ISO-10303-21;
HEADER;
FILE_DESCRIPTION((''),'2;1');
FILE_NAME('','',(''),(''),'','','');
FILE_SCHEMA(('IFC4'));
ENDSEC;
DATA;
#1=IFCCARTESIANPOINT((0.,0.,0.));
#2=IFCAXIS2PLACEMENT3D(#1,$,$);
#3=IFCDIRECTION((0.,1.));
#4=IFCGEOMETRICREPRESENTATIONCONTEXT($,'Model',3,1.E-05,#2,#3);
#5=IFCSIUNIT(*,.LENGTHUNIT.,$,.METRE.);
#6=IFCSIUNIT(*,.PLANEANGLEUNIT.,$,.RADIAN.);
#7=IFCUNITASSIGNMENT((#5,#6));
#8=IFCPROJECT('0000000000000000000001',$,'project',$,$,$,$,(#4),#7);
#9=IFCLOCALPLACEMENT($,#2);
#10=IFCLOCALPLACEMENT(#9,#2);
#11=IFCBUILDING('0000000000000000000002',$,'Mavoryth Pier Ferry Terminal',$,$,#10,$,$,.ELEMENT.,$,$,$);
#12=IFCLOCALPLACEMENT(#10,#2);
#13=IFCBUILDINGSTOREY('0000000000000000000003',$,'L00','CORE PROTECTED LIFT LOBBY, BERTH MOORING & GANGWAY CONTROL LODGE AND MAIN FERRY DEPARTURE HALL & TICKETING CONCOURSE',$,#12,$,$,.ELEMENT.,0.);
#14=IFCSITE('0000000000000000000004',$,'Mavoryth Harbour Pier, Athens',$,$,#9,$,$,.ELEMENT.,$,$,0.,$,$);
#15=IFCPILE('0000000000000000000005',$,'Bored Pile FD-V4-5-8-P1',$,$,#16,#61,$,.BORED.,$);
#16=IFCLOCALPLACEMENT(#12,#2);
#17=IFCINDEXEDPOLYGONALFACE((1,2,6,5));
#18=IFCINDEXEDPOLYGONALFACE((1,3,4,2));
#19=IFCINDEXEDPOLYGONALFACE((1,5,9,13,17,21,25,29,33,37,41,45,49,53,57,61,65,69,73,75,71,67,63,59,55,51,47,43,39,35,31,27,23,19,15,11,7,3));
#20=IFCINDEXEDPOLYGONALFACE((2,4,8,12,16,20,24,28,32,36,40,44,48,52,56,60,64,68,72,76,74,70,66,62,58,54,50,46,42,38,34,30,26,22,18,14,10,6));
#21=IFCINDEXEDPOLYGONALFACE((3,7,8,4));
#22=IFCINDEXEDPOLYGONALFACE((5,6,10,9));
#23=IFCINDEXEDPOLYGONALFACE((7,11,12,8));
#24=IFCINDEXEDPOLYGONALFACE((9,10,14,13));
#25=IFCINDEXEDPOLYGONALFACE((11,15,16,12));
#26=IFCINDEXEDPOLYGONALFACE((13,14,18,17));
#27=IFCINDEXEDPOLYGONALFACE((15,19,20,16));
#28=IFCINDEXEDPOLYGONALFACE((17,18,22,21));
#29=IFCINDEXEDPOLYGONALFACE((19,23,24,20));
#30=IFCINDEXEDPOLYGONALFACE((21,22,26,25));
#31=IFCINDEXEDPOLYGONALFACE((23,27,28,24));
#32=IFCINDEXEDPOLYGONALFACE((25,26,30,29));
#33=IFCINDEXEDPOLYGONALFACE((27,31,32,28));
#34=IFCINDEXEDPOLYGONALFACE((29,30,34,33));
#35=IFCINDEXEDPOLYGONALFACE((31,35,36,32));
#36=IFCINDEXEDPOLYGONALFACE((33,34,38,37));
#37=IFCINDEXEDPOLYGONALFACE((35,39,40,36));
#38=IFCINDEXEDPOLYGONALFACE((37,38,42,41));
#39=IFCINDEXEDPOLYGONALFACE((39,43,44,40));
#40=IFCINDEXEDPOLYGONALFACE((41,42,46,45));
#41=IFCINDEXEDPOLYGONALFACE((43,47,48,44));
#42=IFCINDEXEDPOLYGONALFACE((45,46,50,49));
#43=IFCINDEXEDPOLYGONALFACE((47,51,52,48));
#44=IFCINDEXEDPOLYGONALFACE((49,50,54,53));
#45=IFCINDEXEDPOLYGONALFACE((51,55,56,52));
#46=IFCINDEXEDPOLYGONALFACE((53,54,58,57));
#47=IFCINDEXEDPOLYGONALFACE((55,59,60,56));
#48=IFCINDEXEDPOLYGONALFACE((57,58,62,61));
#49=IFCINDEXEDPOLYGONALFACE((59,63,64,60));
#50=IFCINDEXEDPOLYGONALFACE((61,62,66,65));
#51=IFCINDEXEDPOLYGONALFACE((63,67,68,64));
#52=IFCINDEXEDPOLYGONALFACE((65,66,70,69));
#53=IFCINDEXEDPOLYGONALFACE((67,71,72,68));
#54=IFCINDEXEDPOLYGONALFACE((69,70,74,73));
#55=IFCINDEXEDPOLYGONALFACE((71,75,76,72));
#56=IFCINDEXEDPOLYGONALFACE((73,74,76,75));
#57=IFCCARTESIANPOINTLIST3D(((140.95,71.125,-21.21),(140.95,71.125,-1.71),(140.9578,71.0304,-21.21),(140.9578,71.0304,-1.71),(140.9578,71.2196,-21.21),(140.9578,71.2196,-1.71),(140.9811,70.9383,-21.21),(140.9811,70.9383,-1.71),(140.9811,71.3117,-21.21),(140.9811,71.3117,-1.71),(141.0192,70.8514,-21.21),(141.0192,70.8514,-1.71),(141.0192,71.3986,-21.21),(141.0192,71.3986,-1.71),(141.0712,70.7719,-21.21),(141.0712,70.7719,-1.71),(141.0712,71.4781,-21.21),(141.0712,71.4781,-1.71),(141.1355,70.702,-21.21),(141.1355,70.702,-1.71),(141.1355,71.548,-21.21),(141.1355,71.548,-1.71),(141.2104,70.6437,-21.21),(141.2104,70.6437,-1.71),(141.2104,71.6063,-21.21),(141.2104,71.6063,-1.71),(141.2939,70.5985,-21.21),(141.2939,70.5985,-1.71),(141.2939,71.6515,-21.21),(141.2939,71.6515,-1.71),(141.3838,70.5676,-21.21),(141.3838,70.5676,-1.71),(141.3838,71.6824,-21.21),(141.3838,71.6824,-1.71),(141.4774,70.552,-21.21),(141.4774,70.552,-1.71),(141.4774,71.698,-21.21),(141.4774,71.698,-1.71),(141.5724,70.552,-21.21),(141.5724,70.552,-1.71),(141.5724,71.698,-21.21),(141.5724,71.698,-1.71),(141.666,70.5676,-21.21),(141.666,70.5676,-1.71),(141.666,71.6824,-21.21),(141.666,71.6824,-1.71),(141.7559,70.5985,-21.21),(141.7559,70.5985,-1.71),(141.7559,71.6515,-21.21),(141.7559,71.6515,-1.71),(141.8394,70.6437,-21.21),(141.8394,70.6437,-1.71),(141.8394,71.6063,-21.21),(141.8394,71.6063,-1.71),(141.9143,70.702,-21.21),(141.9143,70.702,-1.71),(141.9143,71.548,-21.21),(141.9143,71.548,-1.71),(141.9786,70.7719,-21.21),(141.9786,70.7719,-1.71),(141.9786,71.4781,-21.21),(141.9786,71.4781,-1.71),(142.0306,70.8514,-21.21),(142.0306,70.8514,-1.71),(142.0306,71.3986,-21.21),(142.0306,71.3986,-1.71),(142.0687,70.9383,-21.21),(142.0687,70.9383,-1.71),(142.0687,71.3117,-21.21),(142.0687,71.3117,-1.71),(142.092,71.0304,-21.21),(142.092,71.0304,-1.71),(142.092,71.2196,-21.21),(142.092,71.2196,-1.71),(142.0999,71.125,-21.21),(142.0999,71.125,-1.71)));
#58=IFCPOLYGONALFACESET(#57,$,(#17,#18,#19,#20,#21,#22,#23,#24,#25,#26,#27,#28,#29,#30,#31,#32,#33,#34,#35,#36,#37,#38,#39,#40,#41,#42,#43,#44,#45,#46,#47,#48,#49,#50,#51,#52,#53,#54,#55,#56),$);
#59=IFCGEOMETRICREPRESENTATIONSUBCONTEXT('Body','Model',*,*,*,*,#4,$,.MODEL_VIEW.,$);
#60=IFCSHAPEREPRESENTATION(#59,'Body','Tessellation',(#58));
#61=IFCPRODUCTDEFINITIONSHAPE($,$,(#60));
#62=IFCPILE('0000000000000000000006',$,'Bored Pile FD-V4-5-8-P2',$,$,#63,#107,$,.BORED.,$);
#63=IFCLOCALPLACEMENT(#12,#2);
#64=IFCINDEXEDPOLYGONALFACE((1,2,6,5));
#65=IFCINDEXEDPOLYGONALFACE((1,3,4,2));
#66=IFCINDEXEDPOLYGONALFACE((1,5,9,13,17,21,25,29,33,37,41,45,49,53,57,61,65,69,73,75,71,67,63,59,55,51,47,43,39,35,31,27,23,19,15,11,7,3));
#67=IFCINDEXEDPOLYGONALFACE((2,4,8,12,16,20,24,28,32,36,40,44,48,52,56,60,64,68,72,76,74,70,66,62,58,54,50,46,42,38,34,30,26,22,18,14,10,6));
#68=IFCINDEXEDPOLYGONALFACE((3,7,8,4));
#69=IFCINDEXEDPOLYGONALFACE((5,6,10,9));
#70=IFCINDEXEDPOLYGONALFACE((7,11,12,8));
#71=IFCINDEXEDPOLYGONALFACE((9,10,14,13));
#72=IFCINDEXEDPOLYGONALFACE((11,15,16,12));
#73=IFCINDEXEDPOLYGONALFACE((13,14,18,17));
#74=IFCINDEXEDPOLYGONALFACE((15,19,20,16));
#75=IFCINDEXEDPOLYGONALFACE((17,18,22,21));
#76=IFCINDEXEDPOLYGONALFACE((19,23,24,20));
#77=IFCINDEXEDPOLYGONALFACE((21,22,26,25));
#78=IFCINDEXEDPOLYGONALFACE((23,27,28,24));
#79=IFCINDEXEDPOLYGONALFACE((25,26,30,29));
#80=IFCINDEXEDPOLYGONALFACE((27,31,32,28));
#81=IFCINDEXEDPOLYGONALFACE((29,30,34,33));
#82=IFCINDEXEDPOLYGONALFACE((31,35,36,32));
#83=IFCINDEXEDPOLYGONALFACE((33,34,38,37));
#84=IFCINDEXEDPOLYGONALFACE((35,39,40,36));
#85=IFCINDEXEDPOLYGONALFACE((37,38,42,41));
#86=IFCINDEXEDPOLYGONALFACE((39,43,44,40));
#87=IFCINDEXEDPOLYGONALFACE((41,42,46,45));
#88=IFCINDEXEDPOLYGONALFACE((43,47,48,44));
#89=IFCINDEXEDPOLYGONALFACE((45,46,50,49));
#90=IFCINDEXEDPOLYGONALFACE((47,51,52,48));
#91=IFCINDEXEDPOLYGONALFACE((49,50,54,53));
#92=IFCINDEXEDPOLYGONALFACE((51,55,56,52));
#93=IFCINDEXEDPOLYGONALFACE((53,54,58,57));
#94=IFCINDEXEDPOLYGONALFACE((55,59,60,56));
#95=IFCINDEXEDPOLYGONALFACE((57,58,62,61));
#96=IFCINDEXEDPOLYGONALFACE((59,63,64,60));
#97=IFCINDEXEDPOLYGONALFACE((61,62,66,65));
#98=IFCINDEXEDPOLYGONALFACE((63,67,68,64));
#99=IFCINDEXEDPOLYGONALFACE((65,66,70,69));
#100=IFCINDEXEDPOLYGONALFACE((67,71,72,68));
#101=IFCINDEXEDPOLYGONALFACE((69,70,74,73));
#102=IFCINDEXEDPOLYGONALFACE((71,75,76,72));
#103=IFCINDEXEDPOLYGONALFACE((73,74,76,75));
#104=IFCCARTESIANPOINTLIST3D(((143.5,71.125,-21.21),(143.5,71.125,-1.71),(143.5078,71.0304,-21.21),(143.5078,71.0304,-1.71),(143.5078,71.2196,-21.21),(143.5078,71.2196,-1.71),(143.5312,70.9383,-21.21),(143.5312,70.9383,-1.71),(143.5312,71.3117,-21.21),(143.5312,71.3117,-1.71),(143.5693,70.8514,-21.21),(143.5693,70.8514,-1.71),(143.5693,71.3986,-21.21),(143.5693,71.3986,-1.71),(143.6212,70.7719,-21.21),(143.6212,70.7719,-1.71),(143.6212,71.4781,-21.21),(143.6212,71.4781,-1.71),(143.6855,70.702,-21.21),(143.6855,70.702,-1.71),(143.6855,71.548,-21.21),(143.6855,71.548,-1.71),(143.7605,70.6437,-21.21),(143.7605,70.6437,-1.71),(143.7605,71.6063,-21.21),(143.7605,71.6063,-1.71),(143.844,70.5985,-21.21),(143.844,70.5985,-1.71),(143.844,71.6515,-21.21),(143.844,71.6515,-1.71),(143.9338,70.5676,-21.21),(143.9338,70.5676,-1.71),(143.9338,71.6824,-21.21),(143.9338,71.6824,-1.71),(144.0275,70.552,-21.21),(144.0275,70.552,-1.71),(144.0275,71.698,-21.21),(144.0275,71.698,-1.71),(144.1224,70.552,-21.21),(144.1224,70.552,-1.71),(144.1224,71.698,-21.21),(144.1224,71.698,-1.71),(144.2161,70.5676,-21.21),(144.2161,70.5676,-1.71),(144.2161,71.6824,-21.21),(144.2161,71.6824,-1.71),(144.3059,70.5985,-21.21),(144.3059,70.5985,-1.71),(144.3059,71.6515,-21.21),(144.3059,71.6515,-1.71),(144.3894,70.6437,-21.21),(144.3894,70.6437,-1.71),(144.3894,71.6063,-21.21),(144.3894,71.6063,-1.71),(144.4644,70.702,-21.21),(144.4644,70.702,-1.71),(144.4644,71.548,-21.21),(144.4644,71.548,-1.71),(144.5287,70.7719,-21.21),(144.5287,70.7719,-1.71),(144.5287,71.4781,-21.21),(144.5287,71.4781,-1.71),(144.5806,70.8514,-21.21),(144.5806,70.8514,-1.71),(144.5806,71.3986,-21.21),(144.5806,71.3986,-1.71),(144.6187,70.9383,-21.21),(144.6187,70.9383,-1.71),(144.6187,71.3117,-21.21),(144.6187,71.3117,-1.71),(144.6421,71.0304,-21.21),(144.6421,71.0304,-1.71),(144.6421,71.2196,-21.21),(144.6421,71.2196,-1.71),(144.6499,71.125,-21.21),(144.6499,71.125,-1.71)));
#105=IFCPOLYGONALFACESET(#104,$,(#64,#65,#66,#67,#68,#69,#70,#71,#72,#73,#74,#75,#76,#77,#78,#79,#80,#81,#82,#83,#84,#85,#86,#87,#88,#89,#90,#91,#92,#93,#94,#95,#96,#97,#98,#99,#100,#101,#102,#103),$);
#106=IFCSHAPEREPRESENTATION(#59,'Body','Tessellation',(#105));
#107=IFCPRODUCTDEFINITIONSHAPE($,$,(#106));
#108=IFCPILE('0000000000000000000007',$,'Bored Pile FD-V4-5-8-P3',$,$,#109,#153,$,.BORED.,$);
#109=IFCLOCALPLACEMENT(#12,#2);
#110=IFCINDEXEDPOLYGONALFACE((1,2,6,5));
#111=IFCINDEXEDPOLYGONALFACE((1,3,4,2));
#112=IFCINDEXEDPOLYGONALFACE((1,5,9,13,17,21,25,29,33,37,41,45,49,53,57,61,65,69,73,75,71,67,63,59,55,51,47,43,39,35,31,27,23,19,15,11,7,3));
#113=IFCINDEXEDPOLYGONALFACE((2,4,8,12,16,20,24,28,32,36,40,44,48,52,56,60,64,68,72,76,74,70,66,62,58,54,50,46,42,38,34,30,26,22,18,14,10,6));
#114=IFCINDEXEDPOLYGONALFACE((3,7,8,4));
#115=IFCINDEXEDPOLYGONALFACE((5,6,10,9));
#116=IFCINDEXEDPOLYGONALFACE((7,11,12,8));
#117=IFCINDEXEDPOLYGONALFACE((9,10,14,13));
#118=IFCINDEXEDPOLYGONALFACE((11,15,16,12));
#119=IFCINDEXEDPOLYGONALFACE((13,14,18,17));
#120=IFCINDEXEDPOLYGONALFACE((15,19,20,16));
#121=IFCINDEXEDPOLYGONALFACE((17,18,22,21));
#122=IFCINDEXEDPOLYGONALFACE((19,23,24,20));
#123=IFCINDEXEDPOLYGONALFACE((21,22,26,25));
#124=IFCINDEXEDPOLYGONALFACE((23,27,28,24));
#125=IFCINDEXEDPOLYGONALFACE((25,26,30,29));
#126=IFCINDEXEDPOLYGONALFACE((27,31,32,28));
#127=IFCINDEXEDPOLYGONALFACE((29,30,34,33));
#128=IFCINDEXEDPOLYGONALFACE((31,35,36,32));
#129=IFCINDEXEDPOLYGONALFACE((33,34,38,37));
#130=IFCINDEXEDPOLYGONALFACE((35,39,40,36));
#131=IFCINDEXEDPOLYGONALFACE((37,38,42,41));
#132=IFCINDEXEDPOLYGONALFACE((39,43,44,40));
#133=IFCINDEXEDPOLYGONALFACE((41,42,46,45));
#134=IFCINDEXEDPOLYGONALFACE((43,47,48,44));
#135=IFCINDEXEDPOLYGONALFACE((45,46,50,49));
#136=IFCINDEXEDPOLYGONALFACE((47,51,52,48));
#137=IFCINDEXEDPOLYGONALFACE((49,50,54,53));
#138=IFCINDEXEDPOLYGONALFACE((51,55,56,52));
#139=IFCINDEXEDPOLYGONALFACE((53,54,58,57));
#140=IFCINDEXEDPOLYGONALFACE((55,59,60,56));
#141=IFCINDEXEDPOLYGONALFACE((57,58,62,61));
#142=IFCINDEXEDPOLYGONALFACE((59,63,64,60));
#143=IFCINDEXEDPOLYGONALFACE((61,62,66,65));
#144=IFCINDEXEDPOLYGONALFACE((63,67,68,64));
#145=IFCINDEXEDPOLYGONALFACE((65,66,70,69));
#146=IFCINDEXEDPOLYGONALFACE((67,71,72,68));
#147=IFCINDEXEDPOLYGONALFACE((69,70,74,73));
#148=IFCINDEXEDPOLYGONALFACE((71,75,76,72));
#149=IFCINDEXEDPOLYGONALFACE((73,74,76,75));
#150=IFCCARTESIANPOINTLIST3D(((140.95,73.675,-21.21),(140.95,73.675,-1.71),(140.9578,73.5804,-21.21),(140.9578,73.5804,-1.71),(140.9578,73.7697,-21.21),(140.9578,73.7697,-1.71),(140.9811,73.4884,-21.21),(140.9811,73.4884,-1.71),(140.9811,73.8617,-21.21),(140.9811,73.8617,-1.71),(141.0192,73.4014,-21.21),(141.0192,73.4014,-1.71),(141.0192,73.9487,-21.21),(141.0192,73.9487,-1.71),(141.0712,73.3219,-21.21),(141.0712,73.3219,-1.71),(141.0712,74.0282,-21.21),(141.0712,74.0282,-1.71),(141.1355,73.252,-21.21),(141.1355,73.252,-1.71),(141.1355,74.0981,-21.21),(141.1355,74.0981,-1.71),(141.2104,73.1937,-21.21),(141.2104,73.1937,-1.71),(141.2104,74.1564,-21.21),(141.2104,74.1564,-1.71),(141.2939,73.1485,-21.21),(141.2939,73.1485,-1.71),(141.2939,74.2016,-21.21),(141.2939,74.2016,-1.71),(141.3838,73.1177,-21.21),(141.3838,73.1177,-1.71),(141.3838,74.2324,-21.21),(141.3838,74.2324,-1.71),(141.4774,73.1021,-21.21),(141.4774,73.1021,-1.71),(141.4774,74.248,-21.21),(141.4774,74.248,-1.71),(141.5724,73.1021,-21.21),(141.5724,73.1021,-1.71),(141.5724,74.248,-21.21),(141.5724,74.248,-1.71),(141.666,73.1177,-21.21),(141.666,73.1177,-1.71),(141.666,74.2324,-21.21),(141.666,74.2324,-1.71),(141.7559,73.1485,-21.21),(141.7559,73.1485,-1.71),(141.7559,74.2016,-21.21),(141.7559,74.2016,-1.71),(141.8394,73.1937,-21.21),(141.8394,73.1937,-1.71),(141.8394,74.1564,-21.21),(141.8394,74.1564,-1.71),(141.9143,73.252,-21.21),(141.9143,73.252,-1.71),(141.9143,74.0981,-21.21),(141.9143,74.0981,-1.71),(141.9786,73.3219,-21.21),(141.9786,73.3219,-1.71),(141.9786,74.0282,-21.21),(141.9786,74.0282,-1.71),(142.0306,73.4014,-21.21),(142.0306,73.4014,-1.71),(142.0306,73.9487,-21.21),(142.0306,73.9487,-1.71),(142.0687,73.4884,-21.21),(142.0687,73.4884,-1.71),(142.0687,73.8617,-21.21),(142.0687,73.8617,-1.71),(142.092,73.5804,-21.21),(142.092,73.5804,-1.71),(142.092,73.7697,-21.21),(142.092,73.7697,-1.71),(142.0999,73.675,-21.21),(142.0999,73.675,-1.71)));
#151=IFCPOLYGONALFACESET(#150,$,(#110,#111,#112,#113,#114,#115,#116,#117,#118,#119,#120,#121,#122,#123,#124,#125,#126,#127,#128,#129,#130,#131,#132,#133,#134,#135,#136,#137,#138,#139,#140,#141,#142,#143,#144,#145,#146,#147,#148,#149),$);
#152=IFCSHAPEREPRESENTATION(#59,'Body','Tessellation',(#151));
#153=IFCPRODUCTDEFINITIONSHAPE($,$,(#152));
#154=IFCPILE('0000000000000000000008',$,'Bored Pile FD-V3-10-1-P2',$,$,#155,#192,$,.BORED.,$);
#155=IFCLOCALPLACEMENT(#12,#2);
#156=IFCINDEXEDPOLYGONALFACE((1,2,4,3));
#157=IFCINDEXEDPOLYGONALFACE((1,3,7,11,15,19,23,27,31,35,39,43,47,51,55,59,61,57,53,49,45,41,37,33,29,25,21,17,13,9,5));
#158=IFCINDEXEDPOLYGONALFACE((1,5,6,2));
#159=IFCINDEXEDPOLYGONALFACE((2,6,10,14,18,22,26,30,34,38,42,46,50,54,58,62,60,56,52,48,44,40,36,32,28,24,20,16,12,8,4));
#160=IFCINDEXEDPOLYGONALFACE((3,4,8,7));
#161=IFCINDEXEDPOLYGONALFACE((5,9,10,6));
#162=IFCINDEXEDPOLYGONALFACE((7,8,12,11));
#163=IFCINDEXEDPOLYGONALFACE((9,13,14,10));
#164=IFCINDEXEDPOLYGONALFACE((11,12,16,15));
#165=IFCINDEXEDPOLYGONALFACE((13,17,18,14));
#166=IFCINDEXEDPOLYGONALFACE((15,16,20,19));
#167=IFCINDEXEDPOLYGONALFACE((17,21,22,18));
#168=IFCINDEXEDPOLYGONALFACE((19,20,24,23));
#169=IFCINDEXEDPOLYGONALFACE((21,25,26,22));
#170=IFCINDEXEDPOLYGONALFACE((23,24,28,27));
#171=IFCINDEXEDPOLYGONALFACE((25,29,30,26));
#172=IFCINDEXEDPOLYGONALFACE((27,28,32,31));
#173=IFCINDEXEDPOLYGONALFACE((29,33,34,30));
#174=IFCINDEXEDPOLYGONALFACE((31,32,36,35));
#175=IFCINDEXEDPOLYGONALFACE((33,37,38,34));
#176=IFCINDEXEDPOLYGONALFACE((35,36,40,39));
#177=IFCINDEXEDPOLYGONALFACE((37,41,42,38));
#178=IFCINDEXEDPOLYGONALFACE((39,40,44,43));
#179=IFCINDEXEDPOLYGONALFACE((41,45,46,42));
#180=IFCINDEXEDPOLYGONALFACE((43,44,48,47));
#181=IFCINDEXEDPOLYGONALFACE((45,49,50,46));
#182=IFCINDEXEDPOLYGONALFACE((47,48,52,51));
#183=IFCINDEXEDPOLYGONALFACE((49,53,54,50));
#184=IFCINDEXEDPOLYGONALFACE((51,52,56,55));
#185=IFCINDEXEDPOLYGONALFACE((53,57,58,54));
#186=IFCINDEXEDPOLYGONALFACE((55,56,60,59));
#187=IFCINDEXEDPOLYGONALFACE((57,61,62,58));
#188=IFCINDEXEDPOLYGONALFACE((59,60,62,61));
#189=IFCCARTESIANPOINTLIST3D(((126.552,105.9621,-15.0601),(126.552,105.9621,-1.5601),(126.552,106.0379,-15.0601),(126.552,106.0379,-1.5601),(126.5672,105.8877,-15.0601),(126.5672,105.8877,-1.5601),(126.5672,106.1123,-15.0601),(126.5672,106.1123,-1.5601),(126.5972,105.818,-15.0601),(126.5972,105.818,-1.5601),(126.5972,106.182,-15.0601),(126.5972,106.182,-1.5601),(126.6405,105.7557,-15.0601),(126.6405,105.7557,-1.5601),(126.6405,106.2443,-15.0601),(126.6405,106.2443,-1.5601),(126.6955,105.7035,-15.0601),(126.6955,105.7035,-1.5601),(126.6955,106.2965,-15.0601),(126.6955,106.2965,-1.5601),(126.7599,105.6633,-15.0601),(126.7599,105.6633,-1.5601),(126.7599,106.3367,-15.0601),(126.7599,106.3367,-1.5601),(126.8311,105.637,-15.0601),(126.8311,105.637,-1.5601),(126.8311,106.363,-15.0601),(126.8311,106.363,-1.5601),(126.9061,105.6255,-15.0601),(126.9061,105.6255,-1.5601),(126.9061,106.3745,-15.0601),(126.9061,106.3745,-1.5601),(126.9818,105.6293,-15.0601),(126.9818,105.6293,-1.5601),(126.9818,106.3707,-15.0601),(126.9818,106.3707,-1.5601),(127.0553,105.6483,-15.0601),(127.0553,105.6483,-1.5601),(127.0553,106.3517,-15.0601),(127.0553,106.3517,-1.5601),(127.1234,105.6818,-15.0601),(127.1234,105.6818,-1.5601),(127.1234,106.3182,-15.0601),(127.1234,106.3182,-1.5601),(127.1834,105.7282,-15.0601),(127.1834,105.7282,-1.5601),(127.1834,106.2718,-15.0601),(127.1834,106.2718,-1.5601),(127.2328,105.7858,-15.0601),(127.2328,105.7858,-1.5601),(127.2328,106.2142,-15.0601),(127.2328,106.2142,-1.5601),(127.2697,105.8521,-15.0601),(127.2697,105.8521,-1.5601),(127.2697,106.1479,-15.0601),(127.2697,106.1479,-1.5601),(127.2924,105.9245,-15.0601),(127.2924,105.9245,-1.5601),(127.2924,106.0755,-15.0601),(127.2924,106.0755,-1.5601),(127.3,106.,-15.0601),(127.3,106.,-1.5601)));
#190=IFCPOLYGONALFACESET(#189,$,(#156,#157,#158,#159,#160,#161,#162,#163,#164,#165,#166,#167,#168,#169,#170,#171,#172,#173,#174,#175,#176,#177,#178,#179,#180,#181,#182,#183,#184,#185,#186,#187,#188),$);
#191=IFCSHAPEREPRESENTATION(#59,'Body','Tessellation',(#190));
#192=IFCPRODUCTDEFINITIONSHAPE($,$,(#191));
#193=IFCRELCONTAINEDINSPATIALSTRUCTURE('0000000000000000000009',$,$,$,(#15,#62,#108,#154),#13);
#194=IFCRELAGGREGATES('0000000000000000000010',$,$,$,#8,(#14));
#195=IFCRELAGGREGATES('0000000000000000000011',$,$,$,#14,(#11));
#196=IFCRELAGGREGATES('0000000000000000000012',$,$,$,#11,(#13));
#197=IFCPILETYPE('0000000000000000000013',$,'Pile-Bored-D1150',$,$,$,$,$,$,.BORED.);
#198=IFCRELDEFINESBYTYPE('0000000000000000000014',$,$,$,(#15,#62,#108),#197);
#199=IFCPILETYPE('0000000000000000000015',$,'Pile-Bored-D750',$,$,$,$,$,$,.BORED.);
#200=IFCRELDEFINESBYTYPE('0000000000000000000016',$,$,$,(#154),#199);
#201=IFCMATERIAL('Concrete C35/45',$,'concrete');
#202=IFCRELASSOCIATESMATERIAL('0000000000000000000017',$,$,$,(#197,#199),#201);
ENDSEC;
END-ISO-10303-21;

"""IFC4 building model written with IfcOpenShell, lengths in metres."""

from ifc_helpers import new_model, si_unit, direction, frame, origin, origin_2d, place, context, subcontext, project, spatial, circle, extrude, material, material_profile, profile_set, type_object, element, save


model = new_model("IFC4")

# Units and contexts
model_context = context("Model", 3, precision=1e-05, world=origin(), true_north=direction((0.0, 1.0)))
body_context = subcontext(model_context, "Body", "Model", "MODEL_VIEW")
ifc_project = project(units=[si_unit("LENGTHUNIT", "METRE"), si_unit("PLANEANGLEUNIT", "RADIAN")], contexts=[model_context])

# Site, building, storey
site_placement = place(None, origin())
site = spatial("IfcSite", under=ifc_project, at=site_placement, Name="Mavoryth Harbour Pier, Athens", CompositionType="ELEMENT", RefElevation=0.0)
building_placement = place(site_placement, origin())
building = spatial("IfcBuilding", under=site, at=building_placement, Name="Mavoryth Pier Ferry Terminal", CompositionType="ELEMENT")
storey_placement = place(building_placement, origin())
storey = spatial("IfcBuildingStorey", under=building, at=storey_placement, Name="L00", Description="CORE PROTECTED LIFT LOBBY, BERTH MOORING & GANGWAY CONTROL LODGE AND MAIN FERRY DEPARTURE HALL & TICKETING CONCOURSE", CompositionType="ELEMENT", Elevation=0.0)

# Shared definitions
ifc_material_1 = material(Name="Concrete C35/45", Category="concrete")

# Piles
ifc_material_profile_1 = material_profile(ifc_material_1, circle(Radius=0.575, at=origin_2d()), Name="PILE D1150", Category="concrete")
ifc_profile_set_1 = profile_set([ifc_material_profile_1], Name="Concrete C35/45 - PILE D1150")
pile_type_1 = type_object("IfcPileType", Name="Pile-Bored-D1150", PredefinedType="BORED", material=ifc_profile_set_1)
for number, where, z_axis, x_axis, name in (
    (1, (141.5249, 71.125, -1.71), (0.0, 0.0, -1.0), (1.0, 0.0, 0.0), "Bored Pile FD-V4-5-8-P1"),
    (2, (144.075, 71.125, -1.71), (0.0, 0.0, -1.0), (1.0, 0.0, 0.0), "Bored Pile FD-V4-5-8-P2"),
    (3, (141.5249, 73.675, -1.71), (0.0, 0.0, -1.0), (1.0, 0.0, 0.0), "Bored Pile FD-V4-5-8-P3"),
):
    element("IfcPile", number, at=place(storey_placement, frame(where, z_axis=z_axis, x_axis=x_axis)), inside=storey, type_object=pile_type_1, Name=name, PredefinedType="BORED", context=body_context, shape_type="SweptSolid", body=[
        extrude(circle(Radius=0.575, at=origin_2d()), origin(), (0.0, 0.0, 1.0), 19.5),
    ])
ifc_material_profile_2 = material_profile(ifc_material_1, circle(Radius=0.375, at=origin_2d()), Name="PILE D750", Category="concrete")
ifc_profile_set_2 = profile_set([ifc_material_profile_2], Name="Concrete C35/45 - PILE D750")
pile_type_2 = type_object("IfcPileType", Name="Pile-Bored-D750", PredefinedType="BORED", material=ifc_profile_set_2)
for number, where, z_axis, x_axis, name in (
    (4, (126.925, 106.0, -1.5601), (0.0, 0.0, -1.0), (1.0, 0.0, 0.0), "Bored Pile FD-V3-10-1-P2"),
):
    element("IfcPile", number, at=place(storey_placement, frame(where, z_axis=z_axis, x_axis=x_axis)), inside=storey, type_object=pile_type_2, Name=name, PredefinedType="BORED", context=body_context, shape_type="SweptSolid", body=[
        extrude(circle(Radius=0.375, at=origin_2d()), origin(), (0.0, 0.0, 1.0), 13.5),
    ])

save(model, "model.ifc")
